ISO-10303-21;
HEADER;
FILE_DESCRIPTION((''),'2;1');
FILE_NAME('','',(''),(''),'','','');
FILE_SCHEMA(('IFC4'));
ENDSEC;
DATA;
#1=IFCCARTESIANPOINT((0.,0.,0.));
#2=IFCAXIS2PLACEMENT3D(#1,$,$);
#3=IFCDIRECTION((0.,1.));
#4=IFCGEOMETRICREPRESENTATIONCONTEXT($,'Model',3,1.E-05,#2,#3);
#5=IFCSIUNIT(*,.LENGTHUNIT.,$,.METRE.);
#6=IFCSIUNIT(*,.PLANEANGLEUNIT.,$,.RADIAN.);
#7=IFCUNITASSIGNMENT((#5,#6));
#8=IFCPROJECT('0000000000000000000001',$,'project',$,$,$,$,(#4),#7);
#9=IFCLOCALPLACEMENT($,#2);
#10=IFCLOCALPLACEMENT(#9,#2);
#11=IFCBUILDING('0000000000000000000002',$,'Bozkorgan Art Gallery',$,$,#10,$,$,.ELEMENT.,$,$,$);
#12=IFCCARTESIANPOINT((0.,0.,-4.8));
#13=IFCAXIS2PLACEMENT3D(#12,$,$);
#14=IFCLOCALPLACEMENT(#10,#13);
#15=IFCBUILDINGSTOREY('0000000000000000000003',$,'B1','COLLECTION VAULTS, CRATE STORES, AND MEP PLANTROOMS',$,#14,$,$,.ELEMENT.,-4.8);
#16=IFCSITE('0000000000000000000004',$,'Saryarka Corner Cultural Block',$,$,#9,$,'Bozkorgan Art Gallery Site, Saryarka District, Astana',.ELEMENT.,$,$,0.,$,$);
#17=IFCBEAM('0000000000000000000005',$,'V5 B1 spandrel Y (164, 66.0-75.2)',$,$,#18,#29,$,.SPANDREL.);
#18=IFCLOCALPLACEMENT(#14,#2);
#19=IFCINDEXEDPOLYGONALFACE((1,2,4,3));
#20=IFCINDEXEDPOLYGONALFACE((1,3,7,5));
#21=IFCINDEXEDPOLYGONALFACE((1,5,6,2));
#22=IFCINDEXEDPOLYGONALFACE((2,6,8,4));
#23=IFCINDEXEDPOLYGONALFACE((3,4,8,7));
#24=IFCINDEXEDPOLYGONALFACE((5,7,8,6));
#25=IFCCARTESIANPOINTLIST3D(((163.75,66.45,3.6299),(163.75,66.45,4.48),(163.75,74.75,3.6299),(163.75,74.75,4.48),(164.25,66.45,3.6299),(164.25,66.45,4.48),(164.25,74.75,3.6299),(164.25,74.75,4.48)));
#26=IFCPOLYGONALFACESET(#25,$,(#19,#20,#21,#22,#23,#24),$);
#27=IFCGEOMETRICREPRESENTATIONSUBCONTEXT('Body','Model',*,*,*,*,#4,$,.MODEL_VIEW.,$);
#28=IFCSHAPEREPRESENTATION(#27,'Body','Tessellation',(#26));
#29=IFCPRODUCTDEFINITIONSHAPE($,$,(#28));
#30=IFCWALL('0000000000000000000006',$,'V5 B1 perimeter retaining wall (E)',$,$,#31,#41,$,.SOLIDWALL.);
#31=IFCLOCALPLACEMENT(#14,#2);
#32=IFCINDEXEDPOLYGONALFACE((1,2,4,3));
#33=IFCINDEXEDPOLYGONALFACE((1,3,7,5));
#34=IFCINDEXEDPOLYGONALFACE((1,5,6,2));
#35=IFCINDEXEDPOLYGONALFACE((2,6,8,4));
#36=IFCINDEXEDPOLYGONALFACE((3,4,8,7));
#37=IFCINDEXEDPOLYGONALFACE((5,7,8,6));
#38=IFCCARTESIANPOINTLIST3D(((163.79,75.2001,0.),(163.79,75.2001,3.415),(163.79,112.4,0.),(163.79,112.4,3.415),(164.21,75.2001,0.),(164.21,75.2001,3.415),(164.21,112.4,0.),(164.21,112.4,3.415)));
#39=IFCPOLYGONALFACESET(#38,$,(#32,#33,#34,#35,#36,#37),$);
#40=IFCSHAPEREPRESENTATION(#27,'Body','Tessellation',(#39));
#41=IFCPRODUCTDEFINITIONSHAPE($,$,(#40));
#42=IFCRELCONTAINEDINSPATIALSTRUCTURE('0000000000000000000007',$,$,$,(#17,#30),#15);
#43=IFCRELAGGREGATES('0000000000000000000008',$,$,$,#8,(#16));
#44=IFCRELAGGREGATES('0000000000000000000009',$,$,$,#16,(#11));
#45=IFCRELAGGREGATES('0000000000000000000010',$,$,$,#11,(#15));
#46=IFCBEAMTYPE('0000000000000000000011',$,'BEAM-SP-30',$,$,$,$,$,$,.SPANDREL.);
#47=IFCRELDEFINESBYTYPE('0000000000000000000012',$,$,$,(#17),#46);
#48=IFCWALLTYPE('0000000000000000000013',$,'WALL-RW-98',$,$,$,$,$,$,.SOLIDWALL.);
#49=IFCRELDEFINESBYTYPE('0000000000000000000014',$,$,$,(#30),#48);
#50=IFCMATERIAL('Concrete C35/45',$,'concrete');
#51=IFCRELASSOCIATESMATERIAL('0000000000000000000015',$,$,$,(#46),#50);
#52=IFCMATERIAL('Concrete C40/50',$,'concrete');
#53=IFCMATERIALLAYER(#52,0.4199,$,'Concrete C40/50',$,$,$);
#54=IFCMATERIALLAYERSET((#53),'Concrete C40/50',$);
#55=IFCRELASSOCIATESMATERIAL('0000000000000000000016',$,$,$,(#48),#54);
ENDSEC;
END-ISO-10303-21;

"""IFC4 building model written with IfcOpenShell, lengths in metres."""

from ifc_helpers import new_model, si_unit, direction, frame, frame_2d, origin, origin_2d, place, context, subcontext, project, spatial, rectangle, extrude, material, layer, layer_set, material_profile, profile_set, type_object, element, save


model = new_model("IFC4")

# Units and contexts
model_context = context("Model", 3, precision=1e-05, world=origin(), true_north=direction((0.0, 1.0)))
body_context = subcontext(model_context, "Body", "Model", "MODEL_VIEW")
ifc_project = project(units=[si_unit("LENGTHUNIT", "METRE"), si_unit("PLANEANGLEUNIT", "RADIAN")], contexts=[model_context])

# Site, building, storey
site_placement = place(None, origin())
site = spatial("IfcSite", under=ifc_project, at=site_placement, Name="Saryarka Corner Cultural Block", LongName="Bozkorgan Art Gallery Site, Saryarka District, Astana", CompositionType="ELEMENT", RefElevation=0.0)
building_placement = place(site_placement, origin())
building = spatial("IfcBuilding", under=site, at=building_placement, Name="Bozkorgan Art Gallery", CompositionType="ELEMENT")
storey_placement = place(building_placement, frame((0.0, 0.0, -4.8)))
storey = spatial("IfcBuildingStorey", under=building, at=storey_placement, Name="B1", Description="COLLECTION VAULTS, CRATE STORES, AND MEP PLANTROOMS", CompositionType="ELEMENT", Elevation=-4.8)

# Shared definitions
ifc_material_1 = material(Name="Concrete C40/50", Category="concrete")

# Beam
ifc_material_2 = material(Name="Concrete C35/45", Category="concrete")
ifc_material_profile_1 = material_profile(ifc_material_2, rectangle(XDim=0.5, YDim=0.8501, at=origin_2d()), Name="RC 500x850")
ifc_profile_set_1 = profile_set([ifc_material_profile_1], Name="Concrete C35/45")
beam_type_1 = type_object("IfcBeamType", Name="BEAM-SP-30", PredefinedType="SPANDREL", material=ifc_profile_set_1)
beam_1_placement = place(storey_placement, frame((164.0, 66.45, 4.0549), z_axis=(0.0, 1.0, 0.0), x_axis=(-1.0, 0.0, 0.0)))
element("IfcBeam", 1, at=beam_1_placement, inside=storey, type_object=beam_type_1, Name="V5 B1 spandrel Y (164, 66.0-75.2)", PredefinedType="SPANDREL", context=body_context, shape_type="SweptSolid", body=[
    extrude(rectangle(XDim=0.5, YDim=0.8501, at=origin_2d()), origin(), (0.0, 0.0, 1.0), 8.3),
])

# Wall
ifc_layer = layer(ifc_material_1, 0.4199, Name="Concrete C40/50")
ifc_layer_set = layer_set([ifc_layer], Name="Concrete C40/50")
wall_type = type_object("IfcWallType", Name="WALL-RW-98", PredefinedType="SOLIDWALL", material=ifc_layer_set)
wall_placement = place(storey_placement, frame((164.0, 75.2, 0.0), z_axis=(0.0, 0.0, 1.0), x_axis=(0.0, 1.0, 0.0)))
element("IfcWall", 2, at=wall_placement, inside=storey, type_object=wall_type, Name="V5 B1 perimeter retaining wall (E)", PredefinedType="SOLIDWALL", context=body_context, shape_type="SweptSolid", body=[
    extrude(rectangle(XDim=37.2, YDim=0.4199, at=frame_2d((18.6001, 0.0))), origin(), (0.0, 0.0, 1.0), 3.415),
])

save(model, "model.ifc")
